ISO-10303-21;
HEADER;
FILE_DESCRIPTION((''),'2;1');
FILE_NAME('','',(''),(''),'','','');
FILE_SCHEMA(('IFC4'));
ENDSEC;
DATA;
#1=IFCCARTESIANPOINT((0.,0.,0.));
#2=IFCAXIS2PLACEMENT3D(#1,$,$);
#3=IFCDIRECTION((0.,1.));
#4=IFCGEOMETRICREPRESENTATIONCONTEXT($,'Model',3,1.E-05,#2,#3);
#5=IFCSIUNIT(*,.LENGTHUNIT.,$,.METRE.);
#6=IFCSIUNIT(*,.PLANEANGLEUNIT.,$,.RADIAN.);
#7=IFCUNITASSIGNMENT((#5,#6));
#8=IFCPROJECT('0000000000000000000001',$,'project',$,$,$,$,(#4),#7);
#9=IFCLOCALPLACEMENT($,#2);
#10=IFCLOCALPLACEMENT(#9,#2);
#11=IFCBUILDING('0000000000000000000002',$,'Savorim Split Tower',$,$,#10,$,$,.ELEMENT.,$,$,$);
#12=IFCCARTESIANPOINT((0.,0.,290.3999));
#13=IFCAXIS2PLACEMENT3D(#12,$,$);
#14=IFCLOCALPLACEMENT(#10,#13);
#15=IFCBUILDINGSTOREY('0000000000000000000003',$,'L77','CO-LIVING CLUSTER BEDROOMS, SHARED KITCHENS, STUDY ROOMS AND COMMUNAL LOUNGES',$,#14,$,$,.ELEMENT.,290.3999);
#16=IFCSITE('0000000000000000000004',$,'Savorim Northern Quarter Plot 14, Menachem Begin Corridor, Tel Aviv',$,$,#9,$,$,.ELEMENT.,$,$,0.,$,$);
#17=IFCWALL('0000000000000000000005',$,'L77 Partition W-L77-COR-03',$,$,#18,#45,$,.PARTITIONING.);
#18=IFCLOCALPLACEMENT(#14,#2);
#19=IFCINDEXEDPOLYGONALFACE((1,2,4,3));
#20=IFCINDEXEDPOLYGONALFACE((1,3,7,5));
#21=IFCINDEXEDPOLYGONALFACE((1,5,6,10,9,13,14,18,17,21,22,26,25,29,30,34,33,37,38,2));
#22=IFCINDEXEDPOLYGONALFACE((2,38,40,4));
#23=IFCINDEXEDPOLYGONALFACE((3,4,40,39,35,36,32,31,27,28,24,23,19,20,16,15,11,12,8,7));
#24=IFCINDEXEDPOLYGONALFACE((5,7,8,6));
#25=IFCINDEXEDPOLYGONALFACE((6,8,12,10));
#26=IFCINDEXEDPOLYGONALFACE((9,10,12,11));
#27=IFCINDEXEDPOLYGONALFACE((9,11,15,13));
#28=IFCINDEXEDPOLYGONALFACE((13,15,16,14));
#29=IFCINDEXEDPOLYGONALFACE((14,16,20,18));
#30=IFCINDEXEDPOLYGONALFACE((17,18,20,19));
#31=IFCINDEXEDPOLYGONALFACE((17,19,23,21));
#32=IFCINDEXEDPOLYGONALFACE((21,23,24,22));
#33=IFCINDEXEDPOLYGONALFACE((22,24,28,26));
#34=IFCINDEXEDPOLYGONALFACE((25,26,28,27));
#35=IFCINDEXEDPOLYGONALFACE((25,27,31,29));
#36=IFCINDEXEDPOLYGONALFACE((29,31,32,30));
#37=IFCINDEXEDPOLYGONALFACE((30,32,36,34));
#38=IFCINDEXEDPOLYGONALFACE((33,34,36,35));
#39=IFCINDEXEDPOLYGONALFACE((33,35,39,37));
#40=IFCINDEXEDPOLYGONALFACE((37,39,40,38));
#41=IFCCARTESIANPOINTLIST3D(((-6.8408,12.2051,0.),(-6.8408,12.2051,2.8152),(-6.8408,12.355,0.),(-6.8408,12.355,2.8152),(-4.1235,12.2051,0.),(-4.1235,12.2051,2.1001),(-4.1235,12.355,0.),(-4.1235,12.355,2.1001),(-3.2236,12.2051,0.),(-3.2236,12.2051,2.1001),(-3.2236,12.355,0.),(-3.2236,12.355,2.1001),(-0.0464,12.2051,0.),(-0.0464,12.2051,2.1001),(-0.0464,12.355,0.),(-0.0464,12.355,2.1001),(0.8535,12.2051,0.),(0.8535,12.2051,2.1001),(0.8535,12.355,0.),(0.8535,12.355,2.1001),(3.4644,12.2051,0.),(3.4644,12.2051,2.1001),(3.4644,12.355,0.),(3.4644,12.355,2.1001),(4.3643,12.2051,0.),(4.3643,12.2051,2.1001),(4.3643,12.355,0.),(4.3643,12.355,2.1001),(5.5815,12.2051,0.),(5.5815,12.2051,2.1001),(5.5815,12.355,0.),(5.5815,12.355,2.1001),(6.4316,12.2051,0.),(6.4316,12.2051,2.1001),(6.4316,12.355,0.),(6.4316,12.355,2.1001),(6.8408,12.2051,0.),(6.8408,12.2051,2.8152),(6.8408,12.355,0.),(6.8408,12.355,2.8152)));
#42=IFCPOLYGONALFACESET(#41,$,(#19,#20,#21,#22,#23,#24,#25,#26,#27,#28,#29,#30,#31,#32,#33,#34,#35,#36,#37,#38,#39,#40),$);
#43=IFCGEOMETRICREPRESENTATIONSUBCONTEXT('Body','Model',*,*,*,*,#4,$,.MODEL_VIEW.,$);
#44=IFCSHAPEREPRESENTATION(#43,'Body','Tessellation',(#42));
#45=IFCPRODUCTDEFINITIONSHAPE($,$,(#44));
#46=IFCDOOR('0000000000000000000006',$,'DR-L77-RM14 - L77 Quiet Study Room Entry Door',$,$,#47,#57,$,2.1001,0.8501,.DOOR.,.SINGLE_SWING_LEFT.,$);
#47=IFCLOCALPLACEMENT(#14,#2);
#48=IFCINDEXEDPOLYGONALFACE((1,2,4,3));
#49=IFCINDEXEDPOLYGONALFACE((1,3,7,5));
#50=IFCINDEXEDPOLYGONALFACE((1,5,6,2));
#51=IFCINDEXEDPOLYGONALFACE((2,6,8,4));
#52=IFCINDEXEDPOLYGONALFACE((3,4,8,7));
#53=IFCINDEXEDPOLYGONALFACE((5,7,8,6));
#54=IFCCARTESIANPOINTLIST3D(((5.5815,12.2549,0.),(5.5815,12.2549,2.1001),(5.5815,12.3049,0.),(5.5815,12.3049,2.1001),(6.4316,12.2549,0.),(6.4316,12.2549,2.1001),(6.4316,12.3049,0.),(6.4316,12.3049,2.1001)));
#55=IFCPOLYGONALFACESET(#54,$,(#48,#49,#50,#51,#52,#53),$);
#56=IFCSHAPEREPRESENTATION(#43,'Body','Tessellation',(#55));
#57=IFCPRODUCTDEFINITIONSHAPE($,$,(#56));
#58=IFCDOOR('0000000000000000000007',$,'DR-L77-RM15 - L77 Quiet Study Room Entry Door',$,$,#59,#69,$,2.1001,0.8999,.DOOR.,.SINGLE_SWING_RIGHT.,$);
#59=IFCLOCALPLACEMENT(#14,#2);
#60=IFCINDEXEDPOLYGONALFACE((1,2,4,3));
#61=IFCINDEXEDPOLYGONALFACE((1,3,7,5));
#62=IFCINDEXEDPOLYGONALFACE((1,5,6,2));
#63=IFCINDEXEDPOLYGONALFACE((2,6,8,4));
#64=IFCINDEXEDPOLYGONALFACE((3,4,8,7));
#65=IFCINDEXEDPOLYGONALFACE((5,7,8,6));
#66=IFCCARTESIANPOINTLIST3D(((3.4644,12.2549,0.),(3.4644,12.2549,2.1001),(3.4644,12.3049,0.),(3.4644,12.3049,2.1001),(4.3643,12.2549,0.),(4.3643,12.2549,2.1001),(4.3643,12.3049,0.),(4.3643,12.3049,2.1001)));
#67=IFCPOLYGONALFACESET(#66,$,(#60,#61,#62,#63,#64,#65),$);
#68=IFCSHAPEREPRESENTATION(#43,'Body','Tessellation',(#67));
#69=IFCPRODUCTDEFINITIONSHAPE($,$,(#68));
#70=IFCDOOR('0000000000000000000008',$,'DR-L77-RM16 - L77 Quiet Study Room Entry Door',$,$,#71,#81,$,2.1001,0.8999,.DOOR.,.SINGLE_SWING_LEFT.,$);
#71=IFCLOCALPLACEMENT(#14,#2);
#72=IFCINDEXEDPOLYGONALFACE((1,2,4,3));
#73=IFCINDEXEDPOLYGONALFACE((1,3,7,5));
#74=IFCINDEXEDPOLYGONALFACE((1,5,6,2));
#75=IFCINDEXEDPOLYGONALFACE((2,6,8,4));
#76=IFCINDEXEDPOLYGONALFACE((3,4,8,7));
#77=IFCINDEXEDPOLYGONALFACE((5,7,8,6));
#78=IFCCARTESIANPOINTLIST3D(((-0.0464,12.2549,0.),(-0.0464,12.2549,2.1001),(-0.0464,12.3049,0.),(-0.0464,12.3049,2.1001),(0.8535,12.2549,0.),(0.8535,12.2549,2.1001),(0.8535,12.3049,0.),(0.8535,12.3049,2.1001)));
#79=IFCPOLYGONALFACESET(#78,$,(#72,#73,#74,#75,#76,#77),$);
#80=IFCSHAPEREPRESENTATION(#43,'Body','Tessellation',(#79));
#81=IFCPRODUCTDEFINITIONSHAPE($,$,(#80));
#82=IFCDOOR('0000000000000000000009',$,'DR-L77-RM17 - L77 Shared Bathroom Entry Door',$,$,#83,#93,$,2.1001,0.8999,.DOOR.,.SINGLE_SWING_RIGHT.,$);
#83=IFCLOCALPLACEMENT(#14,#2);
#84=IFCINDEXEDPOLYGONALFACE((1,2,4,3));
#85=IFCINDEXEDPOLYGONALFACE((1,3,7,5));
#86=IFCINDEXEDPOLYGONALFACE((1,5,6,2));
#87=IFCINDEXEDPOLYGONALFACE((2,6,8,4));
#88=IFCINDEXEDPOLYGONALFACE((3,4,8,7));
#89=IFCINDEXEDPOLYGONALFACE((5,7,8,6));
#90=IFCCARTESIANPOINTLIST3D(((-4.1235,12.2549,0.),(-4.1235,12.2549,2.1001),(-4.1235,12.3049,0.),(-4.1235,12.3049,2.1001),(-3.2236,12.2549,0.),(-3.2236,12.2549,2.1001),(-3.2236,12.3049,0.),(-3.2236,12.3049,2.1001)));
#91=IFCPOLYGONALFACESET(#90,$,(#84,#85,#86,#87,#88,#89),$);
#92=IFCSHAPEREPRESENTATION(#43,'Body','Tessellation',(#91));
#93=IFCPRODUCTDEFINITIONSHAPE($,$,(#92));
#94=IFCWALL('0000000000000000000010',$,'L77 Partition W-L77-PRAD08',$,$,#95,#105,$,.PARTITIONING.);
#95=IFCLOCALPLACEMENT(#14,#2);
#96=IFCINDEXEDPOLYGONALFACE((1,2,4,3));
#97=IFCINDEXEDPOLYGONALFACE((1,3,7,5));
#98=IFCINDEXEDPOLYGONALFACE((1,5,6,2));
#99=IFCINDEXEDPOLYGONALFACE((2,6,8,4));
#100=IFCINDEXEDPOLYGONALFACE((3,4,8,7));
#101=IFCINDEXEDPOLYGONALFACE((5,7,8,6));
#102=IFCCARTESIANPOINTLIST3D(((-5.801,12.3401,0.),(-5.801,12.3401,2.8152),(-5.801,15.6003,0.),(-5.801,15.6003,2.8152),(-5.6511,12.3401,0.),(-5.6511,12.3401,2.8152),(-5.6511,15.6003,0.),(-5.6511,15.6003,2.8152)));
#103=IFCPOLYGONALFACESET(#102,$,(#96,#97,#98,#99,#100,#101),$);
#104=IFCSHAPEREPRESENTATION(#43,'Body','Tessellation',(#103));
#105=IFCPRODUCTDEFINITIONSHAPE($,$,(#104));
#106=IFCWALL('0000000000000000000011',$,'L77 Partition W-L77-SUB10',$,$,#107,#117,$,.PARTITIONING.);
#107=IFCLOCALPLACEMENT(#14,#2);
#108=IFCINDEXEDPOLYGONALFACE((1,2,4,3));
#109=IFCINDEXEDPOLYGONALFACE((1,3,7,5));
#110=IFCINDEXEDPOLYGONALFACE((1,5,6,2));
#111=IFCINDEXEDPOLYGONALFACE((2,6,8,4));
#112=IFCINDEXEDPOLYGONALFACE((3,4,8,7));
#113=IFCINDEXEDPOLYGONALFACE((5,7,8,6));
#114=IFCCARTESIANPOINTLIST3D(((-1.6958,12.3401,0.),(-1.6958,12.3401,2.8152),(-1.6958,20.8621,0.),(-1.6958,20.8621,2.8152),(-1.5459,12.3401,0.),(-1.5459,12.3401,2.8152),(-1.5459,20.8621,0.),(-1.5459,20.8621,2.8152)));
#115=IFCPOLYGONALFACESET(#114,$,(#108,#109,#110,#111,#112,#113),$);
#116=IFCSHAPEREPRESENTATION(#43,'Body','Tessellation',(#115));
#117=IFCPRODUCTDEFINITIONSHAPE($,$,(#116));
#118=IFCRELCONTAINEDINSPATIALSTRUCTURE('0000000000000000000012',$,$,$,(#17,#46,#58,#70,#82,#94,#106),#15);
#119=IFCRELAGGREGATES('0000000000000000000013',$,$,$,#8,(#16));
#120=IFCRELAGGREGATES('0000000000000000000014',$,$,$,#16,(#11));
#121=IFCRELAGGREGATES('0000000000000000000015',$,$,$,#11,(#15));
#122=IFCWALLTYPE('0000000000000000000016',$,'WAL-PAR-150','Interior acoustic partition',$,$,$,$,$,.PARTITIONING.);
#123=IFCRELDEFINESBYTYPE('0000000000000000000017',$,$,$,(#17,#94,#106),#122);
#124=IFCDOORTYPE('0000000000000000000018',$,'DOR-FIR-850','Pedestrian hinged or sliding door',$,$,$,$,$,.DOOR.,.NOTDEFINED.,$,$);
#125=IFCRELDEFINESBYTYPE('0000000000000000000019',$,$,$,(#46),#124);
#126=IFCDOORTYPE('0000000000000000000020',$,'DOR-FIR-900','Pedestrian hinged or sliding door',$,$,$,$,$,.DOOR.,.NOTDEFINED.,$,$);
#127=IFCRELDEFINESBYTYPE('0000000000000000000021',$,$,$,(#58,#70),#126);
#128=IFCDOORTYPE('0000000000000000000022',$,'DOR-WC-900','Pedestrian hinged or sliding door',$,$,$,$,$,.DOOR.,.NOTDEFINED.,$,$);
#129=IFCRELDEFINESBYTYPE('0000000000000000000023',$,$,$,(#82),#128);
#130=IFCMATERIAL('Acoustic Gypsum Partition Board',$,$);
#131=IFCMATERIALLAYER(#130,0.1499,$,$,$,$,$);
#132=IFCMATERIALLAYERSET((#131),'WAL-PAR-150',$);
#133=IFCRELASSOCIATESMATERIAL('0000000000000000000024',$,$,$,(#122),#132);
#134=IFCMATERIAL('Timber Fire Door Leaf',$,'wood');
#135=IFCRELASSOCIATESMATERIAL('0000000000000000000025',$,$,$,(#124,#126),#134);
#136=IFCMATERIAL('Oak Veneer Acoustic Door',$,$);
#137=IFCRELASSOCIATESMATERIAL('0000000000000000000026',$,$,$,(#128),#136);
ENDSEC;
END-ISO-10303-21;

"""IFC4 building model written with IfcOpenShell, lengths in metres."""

from ifc_helpers import new_model, si_unit, direction, frame, frame_2d, origin, place, context, subcontext, project, spatial, rectangle, extrude, material, layer, layer_set, type_object, element, fill, save


model = new_model("IFC4")

# Units and contexts
model_context = context("Model", 3, precision=1e-05, world=origin(), true_north=direction((0.0, 1.0)))
body_context = subcontext(model_context, "Body", "Model", "MODEL_VIEW")
ifc_project = project(units=[si_unit("LENGTHUNIT", "METRE"), si_unit("PLANEANGLEUNIT", "RADIAN")], contexts=[model_context])

# Site, building, storey
site_placement = place(None, origin())
site = spatial("IfcSite", under=ifc_project, at=site_placement, Name="Savorim Northern Quarter Plot 14, Menachem Begin Corridor, Tel Aviv", CompositionType="ELEMENT", RefElevation=0.0)
building_placement = place(site_placement, origin())
building = spatial("IfcBuilding", under=site, at=building_placement, Name="Savorim Split Tower", CompositionType="ELEMENT")
storey_placement = place(building_placement, frame((0.0, 0.0, 290.3999)))
storey = spatial("IfcBuildingStorey", under=building, at=storey_placement, Name="L77", Description="CO-LIVING CLUSTER BEDROOMS, SHARED KITCHENS, STUDY ROOMS AND COMMUNAL LOUNGES", CompositionType="ELEMENT", Elevation=290.3999)

# Shared definitions
ifc_material_1 = material(Name="Acoustic Gypsum Partition Board")
ifc_layer_1 = layer(ifc_material_1, 0.1499)
ifc_layer_set_1 = layer_set([ifc_layer_1], Name="WAL-PAR-150")
wall_type_1 = type_object("IfcWallType", Name="WAL-PAR-150", Description="Interior acoustic partition", PredefinedType="PARTITIONING", material=ifc_layer_set_1)

# Wall, openings, doors
wall_1_placement = place(storey_placement, frame((-6.8408, 12.28, 0.0), z_axis=(0.0, 0.0, 1.0), x_axis=(1.0, 0.0, 0.0)))
wall_1 = element("IfcWall", 1, at=wall_1_placement, inside=storey, type_object=wall_type_1, Name="L77 Partition W-L77-COR-03", PredefinedType="PARTITIONING", context=body_context, shape_type="SweptSolid", body=[
    extrude(rectangle(XDim=13.6816, YDim=0.1499, at=frame_2d((6.8408, 0.0))), origin(), (0.0, 0.0, 1.0), 2.8152),
])
opening_1_placement = place(wall_1_placement, frame((12.4224, 0.0, 0.0)))
opening_1 = element("IfcOpeningElement", 2, at=opening_1_placement, cuts=wall_1, PredefinedType="OPENING", context=body_context, shape_type="SweptSolid", body=[
    extrude(rectangle(XDim=0.8501, YDim=2.1001, at=frame_2d((0.425, 1.05))), frame((0.0, 0.085, 0.0), z_axis=(0.0, -1.0, 0.0), x_axis=(1.0, 0.0, 0.0)), (0.0, 0.0, 1.0), 0.1699),
])
opening_2_placement = place(wall_1_placement, frame((10.3052, 0.0, 0.0)))
opening_2 = element("IfcOpeningElement", 3, at=opening_2_placement, cuts=wall_1, PredefinedType="OPENING", context=body_context, shape_type="SweptSolid", body=[
    extrude(rectangle(XDim=0.8999, YDim=2.1001, at=frame_2d((0.45, 1.05))), frame((0.0, 0.085, 0.0), z_axis=(0.0, -1.0, 0.0), x_axis=(1.0, 0.0, 0.0)), (0.0, 0.0, 1.0), 0.1699),
])
opening_3_placement = place(wall_1_placement, frame((6.7944, 0.0, 0.0)))
opening_3 = element("IfcOpeningElement", 4, at=opening_3_placement, cuts=wall_1, PredefinedType="OPENING", context=body_context, shape_type="SweptSolid", body=[
    extrude(rectangle(XDim=0.8999, YDim=2.1001, at=frame_2d((0.45, 1.05))), frame((0.0, 0.085, 0.0), z_axis=(0.0, -1.0, 0.0), x_axis=(1.0, 0.0, 0.0)), (0.0, 0.0, 1.0), 0.1699),
])
opening_4_placement = place(wall_1_placement, frame((2.7173, 0.0, 0.0)))
opening_4 = element("IfcOpeningElement", 5, at=opening_4_placement, cuts=wall_1, PredefinedType="OPENING", context=body_context, shape_type="SweptSolid", body=[
    extrude(rectangle(XDim=0.8999, YDim=2.1001, at=frame_2d((0.45, 1.05))), frame((0.0, 0.085, 0.0), z_axis=(0.0, -1.0, 0.0), x_axis=(1.0, 0.0, 0.0)), (0.0, 0.0, 1.0), 0.1699),
])
ifc_material_2 = material(Name="Timber Fire Door Leaf", Category="wood")
door_type_1 = type_object("IfcDoorType", Name="DOR-FIR-850", Description="Pedestrian hinged or sliding door", OperationType="NOTDEFINED", PredefinedType="DOOR", material=ifc_material_2)
door_1_placement = place(opening_1_placement, origin())
door_1 = element("IfcDoor", 6, at=door_1_placement, inside=storey, type_object=door_type_1, Name="DR-L77-RM14 - L77 Quiet Study Room Entry Door", OperationType="SINGLE_SWING_LEFT", OverallHeight=2.1001, OverallWidth=0.8501, PredefinedType="DOOR", context=body_context, shape_type="SweptSolid", body=[
    extrude(rectangle(XDim=0.8501, YDim=2.1001, at=frame_2d((0.425, 1.05))), frame((0.0, 0.0249, 0.0), z_axis=(0.0, -1.0, 0.0), x_axis=(1.0, 0.0, 0.0)), (0.0, 0.0, 1.0), 0.05),
])
fill(opening_1, door_1)
door_type_2 = type_object("IfcDoorType", Name="DOR-FIR-900", Description="Pedestrian hinged or sliding door", OperationType="NOTDEFINED", PredefinedType="DOOR", material=ifc_material_2)
door_2_placement = place(opening_2_placement, origin())
door_2 = element("IfcDoor", 7, at=door_2_placement, inside=storey, type_object=door_type_2, Name="DR-L77-RM15 - L77 Quiet Study Room Entry Door", OperationType="SINGLE_SWING_RIGHT", OverallHeight=2.1001, OverallWidth=0.8999, PredefinedType="DOOR", context=body_context, shape_type="SweptSolid", body=[
    extrude(rectangle(XDim=0.8999, YDim=2.1001, at=frame_2d((0.45, 1.05))), frame((0.0, 0.0249, 0.0), z_axis=(0.0, -1.0, 0.0), x_axis=(1.0, 0.0, 0.0)), (0.0, 0.0, 1.0), 0.05),
])
fill(opening_2, door_2)
door_3_placement = place(opening_3_placement, origin())
door_3 = element("IfcDoor", 8, at=door_3_placement, inside=storey, type_object=door_type_2, Name="DR-L77-RM16 - L77 Quiet Study Room Entry Door", OperationType="SINGLE_SWING_LEFT", OverallHeight=2.1001, OverallWidth=0.8999, PredefinedType="DOOR", context=body_context, shape_type="SweptSolid", body=[
    extrude(rectangle(XDim=0.8999, YDim=2.1001, at=frame_2d((0.45, 1.05))), frame((0.0, 0.0249, 0.0), z_axis=(0.0, -1.0, 0.0), x_axis=(1.0, 0.0, 0.0)), (0.0, 0.0, 1.0), 0.05),
])
fill(opening_3, door_3)
ifc_material_3 = material(Name="Oak Veneer Acoustic Door")
door_type_3 = type_object("IfcDoorType", Name="DOR-WC-900", Description="Pedestrian hinged or sliding door", OperationType="NOTDEFINED", PredefinedType="DOOR", material=ifc_material_3)
door_4_placement = place(opening_4_placement, origin())
door_4 = element("IfcDoor", 9, at=door_4_placement, inside=storey, type_object=door_type_3, Name="DR-L77-RM17 - L77 Shared Bathroom Entry Door", OperationType="SINGLE_SWING_RIGHT", OverallHeight=2.1001, OverallWidth=0.8999, PredefinedType="DOOR", context=body_context, shape_type="SweptSolid", body=[
    extrude(rectangle(XDim=0.8999, YDim=2.1001, at=frame_2d((0.45, 1.05))), frame((0.0, 0.0249, 0.0), z_axis=(0.0, -1.0, 0.0), x_axis=(1.0, 0.0, 0.0)), (0.0, 0.0, 1.0), 0.05),
])
fill(opening_4, door_4)

# Walls
wall_2_placement = place(storey_placement, frame((-5.7261, 12.3401, 0.0), z_axis=(0.0, 0.0, 1.0), x_axis=(0.0, 1.0, 0.0)))
element("IfcWall", 10, at=wall_2_placement, inside=storey, type_object=wall_type_1, Name="L77 Partition W-L77-PRAD08", PredefinedType="PARTITIONING", context=body_context, shape_type="SweptSolid", body=[
    extrude(rectangle(XDim=3.2603, YDim=0.1499, at=frame_2d((1.6301, 0.0))), origin(), (0.0, 0.0, 1.0), 2.8152),
])
wall_3_placement = place(storey_placement, frame((-1.6208, 12.3401, 0.0), z_axis=(0.0, 0.0, 1.0), x_axis=(0.0, 1.0, 0.0)))
element("IfcWall", 11, at=wall_3_placement, inside=storey, type_object=wall_type_1, Name="L77 Partition W-L77-SUB10", PredefinedType="PARTITIONING", context=body_context, shape_type="SweptSolid", body=[
    extrude(rectangle(XDim=8.522, YDim=0.1499, at=frame_2d((4.261, 0.0))), origin(), (0.0, 0.0, 1.0), 2.8152),
])

save(model, "model.ifc")
